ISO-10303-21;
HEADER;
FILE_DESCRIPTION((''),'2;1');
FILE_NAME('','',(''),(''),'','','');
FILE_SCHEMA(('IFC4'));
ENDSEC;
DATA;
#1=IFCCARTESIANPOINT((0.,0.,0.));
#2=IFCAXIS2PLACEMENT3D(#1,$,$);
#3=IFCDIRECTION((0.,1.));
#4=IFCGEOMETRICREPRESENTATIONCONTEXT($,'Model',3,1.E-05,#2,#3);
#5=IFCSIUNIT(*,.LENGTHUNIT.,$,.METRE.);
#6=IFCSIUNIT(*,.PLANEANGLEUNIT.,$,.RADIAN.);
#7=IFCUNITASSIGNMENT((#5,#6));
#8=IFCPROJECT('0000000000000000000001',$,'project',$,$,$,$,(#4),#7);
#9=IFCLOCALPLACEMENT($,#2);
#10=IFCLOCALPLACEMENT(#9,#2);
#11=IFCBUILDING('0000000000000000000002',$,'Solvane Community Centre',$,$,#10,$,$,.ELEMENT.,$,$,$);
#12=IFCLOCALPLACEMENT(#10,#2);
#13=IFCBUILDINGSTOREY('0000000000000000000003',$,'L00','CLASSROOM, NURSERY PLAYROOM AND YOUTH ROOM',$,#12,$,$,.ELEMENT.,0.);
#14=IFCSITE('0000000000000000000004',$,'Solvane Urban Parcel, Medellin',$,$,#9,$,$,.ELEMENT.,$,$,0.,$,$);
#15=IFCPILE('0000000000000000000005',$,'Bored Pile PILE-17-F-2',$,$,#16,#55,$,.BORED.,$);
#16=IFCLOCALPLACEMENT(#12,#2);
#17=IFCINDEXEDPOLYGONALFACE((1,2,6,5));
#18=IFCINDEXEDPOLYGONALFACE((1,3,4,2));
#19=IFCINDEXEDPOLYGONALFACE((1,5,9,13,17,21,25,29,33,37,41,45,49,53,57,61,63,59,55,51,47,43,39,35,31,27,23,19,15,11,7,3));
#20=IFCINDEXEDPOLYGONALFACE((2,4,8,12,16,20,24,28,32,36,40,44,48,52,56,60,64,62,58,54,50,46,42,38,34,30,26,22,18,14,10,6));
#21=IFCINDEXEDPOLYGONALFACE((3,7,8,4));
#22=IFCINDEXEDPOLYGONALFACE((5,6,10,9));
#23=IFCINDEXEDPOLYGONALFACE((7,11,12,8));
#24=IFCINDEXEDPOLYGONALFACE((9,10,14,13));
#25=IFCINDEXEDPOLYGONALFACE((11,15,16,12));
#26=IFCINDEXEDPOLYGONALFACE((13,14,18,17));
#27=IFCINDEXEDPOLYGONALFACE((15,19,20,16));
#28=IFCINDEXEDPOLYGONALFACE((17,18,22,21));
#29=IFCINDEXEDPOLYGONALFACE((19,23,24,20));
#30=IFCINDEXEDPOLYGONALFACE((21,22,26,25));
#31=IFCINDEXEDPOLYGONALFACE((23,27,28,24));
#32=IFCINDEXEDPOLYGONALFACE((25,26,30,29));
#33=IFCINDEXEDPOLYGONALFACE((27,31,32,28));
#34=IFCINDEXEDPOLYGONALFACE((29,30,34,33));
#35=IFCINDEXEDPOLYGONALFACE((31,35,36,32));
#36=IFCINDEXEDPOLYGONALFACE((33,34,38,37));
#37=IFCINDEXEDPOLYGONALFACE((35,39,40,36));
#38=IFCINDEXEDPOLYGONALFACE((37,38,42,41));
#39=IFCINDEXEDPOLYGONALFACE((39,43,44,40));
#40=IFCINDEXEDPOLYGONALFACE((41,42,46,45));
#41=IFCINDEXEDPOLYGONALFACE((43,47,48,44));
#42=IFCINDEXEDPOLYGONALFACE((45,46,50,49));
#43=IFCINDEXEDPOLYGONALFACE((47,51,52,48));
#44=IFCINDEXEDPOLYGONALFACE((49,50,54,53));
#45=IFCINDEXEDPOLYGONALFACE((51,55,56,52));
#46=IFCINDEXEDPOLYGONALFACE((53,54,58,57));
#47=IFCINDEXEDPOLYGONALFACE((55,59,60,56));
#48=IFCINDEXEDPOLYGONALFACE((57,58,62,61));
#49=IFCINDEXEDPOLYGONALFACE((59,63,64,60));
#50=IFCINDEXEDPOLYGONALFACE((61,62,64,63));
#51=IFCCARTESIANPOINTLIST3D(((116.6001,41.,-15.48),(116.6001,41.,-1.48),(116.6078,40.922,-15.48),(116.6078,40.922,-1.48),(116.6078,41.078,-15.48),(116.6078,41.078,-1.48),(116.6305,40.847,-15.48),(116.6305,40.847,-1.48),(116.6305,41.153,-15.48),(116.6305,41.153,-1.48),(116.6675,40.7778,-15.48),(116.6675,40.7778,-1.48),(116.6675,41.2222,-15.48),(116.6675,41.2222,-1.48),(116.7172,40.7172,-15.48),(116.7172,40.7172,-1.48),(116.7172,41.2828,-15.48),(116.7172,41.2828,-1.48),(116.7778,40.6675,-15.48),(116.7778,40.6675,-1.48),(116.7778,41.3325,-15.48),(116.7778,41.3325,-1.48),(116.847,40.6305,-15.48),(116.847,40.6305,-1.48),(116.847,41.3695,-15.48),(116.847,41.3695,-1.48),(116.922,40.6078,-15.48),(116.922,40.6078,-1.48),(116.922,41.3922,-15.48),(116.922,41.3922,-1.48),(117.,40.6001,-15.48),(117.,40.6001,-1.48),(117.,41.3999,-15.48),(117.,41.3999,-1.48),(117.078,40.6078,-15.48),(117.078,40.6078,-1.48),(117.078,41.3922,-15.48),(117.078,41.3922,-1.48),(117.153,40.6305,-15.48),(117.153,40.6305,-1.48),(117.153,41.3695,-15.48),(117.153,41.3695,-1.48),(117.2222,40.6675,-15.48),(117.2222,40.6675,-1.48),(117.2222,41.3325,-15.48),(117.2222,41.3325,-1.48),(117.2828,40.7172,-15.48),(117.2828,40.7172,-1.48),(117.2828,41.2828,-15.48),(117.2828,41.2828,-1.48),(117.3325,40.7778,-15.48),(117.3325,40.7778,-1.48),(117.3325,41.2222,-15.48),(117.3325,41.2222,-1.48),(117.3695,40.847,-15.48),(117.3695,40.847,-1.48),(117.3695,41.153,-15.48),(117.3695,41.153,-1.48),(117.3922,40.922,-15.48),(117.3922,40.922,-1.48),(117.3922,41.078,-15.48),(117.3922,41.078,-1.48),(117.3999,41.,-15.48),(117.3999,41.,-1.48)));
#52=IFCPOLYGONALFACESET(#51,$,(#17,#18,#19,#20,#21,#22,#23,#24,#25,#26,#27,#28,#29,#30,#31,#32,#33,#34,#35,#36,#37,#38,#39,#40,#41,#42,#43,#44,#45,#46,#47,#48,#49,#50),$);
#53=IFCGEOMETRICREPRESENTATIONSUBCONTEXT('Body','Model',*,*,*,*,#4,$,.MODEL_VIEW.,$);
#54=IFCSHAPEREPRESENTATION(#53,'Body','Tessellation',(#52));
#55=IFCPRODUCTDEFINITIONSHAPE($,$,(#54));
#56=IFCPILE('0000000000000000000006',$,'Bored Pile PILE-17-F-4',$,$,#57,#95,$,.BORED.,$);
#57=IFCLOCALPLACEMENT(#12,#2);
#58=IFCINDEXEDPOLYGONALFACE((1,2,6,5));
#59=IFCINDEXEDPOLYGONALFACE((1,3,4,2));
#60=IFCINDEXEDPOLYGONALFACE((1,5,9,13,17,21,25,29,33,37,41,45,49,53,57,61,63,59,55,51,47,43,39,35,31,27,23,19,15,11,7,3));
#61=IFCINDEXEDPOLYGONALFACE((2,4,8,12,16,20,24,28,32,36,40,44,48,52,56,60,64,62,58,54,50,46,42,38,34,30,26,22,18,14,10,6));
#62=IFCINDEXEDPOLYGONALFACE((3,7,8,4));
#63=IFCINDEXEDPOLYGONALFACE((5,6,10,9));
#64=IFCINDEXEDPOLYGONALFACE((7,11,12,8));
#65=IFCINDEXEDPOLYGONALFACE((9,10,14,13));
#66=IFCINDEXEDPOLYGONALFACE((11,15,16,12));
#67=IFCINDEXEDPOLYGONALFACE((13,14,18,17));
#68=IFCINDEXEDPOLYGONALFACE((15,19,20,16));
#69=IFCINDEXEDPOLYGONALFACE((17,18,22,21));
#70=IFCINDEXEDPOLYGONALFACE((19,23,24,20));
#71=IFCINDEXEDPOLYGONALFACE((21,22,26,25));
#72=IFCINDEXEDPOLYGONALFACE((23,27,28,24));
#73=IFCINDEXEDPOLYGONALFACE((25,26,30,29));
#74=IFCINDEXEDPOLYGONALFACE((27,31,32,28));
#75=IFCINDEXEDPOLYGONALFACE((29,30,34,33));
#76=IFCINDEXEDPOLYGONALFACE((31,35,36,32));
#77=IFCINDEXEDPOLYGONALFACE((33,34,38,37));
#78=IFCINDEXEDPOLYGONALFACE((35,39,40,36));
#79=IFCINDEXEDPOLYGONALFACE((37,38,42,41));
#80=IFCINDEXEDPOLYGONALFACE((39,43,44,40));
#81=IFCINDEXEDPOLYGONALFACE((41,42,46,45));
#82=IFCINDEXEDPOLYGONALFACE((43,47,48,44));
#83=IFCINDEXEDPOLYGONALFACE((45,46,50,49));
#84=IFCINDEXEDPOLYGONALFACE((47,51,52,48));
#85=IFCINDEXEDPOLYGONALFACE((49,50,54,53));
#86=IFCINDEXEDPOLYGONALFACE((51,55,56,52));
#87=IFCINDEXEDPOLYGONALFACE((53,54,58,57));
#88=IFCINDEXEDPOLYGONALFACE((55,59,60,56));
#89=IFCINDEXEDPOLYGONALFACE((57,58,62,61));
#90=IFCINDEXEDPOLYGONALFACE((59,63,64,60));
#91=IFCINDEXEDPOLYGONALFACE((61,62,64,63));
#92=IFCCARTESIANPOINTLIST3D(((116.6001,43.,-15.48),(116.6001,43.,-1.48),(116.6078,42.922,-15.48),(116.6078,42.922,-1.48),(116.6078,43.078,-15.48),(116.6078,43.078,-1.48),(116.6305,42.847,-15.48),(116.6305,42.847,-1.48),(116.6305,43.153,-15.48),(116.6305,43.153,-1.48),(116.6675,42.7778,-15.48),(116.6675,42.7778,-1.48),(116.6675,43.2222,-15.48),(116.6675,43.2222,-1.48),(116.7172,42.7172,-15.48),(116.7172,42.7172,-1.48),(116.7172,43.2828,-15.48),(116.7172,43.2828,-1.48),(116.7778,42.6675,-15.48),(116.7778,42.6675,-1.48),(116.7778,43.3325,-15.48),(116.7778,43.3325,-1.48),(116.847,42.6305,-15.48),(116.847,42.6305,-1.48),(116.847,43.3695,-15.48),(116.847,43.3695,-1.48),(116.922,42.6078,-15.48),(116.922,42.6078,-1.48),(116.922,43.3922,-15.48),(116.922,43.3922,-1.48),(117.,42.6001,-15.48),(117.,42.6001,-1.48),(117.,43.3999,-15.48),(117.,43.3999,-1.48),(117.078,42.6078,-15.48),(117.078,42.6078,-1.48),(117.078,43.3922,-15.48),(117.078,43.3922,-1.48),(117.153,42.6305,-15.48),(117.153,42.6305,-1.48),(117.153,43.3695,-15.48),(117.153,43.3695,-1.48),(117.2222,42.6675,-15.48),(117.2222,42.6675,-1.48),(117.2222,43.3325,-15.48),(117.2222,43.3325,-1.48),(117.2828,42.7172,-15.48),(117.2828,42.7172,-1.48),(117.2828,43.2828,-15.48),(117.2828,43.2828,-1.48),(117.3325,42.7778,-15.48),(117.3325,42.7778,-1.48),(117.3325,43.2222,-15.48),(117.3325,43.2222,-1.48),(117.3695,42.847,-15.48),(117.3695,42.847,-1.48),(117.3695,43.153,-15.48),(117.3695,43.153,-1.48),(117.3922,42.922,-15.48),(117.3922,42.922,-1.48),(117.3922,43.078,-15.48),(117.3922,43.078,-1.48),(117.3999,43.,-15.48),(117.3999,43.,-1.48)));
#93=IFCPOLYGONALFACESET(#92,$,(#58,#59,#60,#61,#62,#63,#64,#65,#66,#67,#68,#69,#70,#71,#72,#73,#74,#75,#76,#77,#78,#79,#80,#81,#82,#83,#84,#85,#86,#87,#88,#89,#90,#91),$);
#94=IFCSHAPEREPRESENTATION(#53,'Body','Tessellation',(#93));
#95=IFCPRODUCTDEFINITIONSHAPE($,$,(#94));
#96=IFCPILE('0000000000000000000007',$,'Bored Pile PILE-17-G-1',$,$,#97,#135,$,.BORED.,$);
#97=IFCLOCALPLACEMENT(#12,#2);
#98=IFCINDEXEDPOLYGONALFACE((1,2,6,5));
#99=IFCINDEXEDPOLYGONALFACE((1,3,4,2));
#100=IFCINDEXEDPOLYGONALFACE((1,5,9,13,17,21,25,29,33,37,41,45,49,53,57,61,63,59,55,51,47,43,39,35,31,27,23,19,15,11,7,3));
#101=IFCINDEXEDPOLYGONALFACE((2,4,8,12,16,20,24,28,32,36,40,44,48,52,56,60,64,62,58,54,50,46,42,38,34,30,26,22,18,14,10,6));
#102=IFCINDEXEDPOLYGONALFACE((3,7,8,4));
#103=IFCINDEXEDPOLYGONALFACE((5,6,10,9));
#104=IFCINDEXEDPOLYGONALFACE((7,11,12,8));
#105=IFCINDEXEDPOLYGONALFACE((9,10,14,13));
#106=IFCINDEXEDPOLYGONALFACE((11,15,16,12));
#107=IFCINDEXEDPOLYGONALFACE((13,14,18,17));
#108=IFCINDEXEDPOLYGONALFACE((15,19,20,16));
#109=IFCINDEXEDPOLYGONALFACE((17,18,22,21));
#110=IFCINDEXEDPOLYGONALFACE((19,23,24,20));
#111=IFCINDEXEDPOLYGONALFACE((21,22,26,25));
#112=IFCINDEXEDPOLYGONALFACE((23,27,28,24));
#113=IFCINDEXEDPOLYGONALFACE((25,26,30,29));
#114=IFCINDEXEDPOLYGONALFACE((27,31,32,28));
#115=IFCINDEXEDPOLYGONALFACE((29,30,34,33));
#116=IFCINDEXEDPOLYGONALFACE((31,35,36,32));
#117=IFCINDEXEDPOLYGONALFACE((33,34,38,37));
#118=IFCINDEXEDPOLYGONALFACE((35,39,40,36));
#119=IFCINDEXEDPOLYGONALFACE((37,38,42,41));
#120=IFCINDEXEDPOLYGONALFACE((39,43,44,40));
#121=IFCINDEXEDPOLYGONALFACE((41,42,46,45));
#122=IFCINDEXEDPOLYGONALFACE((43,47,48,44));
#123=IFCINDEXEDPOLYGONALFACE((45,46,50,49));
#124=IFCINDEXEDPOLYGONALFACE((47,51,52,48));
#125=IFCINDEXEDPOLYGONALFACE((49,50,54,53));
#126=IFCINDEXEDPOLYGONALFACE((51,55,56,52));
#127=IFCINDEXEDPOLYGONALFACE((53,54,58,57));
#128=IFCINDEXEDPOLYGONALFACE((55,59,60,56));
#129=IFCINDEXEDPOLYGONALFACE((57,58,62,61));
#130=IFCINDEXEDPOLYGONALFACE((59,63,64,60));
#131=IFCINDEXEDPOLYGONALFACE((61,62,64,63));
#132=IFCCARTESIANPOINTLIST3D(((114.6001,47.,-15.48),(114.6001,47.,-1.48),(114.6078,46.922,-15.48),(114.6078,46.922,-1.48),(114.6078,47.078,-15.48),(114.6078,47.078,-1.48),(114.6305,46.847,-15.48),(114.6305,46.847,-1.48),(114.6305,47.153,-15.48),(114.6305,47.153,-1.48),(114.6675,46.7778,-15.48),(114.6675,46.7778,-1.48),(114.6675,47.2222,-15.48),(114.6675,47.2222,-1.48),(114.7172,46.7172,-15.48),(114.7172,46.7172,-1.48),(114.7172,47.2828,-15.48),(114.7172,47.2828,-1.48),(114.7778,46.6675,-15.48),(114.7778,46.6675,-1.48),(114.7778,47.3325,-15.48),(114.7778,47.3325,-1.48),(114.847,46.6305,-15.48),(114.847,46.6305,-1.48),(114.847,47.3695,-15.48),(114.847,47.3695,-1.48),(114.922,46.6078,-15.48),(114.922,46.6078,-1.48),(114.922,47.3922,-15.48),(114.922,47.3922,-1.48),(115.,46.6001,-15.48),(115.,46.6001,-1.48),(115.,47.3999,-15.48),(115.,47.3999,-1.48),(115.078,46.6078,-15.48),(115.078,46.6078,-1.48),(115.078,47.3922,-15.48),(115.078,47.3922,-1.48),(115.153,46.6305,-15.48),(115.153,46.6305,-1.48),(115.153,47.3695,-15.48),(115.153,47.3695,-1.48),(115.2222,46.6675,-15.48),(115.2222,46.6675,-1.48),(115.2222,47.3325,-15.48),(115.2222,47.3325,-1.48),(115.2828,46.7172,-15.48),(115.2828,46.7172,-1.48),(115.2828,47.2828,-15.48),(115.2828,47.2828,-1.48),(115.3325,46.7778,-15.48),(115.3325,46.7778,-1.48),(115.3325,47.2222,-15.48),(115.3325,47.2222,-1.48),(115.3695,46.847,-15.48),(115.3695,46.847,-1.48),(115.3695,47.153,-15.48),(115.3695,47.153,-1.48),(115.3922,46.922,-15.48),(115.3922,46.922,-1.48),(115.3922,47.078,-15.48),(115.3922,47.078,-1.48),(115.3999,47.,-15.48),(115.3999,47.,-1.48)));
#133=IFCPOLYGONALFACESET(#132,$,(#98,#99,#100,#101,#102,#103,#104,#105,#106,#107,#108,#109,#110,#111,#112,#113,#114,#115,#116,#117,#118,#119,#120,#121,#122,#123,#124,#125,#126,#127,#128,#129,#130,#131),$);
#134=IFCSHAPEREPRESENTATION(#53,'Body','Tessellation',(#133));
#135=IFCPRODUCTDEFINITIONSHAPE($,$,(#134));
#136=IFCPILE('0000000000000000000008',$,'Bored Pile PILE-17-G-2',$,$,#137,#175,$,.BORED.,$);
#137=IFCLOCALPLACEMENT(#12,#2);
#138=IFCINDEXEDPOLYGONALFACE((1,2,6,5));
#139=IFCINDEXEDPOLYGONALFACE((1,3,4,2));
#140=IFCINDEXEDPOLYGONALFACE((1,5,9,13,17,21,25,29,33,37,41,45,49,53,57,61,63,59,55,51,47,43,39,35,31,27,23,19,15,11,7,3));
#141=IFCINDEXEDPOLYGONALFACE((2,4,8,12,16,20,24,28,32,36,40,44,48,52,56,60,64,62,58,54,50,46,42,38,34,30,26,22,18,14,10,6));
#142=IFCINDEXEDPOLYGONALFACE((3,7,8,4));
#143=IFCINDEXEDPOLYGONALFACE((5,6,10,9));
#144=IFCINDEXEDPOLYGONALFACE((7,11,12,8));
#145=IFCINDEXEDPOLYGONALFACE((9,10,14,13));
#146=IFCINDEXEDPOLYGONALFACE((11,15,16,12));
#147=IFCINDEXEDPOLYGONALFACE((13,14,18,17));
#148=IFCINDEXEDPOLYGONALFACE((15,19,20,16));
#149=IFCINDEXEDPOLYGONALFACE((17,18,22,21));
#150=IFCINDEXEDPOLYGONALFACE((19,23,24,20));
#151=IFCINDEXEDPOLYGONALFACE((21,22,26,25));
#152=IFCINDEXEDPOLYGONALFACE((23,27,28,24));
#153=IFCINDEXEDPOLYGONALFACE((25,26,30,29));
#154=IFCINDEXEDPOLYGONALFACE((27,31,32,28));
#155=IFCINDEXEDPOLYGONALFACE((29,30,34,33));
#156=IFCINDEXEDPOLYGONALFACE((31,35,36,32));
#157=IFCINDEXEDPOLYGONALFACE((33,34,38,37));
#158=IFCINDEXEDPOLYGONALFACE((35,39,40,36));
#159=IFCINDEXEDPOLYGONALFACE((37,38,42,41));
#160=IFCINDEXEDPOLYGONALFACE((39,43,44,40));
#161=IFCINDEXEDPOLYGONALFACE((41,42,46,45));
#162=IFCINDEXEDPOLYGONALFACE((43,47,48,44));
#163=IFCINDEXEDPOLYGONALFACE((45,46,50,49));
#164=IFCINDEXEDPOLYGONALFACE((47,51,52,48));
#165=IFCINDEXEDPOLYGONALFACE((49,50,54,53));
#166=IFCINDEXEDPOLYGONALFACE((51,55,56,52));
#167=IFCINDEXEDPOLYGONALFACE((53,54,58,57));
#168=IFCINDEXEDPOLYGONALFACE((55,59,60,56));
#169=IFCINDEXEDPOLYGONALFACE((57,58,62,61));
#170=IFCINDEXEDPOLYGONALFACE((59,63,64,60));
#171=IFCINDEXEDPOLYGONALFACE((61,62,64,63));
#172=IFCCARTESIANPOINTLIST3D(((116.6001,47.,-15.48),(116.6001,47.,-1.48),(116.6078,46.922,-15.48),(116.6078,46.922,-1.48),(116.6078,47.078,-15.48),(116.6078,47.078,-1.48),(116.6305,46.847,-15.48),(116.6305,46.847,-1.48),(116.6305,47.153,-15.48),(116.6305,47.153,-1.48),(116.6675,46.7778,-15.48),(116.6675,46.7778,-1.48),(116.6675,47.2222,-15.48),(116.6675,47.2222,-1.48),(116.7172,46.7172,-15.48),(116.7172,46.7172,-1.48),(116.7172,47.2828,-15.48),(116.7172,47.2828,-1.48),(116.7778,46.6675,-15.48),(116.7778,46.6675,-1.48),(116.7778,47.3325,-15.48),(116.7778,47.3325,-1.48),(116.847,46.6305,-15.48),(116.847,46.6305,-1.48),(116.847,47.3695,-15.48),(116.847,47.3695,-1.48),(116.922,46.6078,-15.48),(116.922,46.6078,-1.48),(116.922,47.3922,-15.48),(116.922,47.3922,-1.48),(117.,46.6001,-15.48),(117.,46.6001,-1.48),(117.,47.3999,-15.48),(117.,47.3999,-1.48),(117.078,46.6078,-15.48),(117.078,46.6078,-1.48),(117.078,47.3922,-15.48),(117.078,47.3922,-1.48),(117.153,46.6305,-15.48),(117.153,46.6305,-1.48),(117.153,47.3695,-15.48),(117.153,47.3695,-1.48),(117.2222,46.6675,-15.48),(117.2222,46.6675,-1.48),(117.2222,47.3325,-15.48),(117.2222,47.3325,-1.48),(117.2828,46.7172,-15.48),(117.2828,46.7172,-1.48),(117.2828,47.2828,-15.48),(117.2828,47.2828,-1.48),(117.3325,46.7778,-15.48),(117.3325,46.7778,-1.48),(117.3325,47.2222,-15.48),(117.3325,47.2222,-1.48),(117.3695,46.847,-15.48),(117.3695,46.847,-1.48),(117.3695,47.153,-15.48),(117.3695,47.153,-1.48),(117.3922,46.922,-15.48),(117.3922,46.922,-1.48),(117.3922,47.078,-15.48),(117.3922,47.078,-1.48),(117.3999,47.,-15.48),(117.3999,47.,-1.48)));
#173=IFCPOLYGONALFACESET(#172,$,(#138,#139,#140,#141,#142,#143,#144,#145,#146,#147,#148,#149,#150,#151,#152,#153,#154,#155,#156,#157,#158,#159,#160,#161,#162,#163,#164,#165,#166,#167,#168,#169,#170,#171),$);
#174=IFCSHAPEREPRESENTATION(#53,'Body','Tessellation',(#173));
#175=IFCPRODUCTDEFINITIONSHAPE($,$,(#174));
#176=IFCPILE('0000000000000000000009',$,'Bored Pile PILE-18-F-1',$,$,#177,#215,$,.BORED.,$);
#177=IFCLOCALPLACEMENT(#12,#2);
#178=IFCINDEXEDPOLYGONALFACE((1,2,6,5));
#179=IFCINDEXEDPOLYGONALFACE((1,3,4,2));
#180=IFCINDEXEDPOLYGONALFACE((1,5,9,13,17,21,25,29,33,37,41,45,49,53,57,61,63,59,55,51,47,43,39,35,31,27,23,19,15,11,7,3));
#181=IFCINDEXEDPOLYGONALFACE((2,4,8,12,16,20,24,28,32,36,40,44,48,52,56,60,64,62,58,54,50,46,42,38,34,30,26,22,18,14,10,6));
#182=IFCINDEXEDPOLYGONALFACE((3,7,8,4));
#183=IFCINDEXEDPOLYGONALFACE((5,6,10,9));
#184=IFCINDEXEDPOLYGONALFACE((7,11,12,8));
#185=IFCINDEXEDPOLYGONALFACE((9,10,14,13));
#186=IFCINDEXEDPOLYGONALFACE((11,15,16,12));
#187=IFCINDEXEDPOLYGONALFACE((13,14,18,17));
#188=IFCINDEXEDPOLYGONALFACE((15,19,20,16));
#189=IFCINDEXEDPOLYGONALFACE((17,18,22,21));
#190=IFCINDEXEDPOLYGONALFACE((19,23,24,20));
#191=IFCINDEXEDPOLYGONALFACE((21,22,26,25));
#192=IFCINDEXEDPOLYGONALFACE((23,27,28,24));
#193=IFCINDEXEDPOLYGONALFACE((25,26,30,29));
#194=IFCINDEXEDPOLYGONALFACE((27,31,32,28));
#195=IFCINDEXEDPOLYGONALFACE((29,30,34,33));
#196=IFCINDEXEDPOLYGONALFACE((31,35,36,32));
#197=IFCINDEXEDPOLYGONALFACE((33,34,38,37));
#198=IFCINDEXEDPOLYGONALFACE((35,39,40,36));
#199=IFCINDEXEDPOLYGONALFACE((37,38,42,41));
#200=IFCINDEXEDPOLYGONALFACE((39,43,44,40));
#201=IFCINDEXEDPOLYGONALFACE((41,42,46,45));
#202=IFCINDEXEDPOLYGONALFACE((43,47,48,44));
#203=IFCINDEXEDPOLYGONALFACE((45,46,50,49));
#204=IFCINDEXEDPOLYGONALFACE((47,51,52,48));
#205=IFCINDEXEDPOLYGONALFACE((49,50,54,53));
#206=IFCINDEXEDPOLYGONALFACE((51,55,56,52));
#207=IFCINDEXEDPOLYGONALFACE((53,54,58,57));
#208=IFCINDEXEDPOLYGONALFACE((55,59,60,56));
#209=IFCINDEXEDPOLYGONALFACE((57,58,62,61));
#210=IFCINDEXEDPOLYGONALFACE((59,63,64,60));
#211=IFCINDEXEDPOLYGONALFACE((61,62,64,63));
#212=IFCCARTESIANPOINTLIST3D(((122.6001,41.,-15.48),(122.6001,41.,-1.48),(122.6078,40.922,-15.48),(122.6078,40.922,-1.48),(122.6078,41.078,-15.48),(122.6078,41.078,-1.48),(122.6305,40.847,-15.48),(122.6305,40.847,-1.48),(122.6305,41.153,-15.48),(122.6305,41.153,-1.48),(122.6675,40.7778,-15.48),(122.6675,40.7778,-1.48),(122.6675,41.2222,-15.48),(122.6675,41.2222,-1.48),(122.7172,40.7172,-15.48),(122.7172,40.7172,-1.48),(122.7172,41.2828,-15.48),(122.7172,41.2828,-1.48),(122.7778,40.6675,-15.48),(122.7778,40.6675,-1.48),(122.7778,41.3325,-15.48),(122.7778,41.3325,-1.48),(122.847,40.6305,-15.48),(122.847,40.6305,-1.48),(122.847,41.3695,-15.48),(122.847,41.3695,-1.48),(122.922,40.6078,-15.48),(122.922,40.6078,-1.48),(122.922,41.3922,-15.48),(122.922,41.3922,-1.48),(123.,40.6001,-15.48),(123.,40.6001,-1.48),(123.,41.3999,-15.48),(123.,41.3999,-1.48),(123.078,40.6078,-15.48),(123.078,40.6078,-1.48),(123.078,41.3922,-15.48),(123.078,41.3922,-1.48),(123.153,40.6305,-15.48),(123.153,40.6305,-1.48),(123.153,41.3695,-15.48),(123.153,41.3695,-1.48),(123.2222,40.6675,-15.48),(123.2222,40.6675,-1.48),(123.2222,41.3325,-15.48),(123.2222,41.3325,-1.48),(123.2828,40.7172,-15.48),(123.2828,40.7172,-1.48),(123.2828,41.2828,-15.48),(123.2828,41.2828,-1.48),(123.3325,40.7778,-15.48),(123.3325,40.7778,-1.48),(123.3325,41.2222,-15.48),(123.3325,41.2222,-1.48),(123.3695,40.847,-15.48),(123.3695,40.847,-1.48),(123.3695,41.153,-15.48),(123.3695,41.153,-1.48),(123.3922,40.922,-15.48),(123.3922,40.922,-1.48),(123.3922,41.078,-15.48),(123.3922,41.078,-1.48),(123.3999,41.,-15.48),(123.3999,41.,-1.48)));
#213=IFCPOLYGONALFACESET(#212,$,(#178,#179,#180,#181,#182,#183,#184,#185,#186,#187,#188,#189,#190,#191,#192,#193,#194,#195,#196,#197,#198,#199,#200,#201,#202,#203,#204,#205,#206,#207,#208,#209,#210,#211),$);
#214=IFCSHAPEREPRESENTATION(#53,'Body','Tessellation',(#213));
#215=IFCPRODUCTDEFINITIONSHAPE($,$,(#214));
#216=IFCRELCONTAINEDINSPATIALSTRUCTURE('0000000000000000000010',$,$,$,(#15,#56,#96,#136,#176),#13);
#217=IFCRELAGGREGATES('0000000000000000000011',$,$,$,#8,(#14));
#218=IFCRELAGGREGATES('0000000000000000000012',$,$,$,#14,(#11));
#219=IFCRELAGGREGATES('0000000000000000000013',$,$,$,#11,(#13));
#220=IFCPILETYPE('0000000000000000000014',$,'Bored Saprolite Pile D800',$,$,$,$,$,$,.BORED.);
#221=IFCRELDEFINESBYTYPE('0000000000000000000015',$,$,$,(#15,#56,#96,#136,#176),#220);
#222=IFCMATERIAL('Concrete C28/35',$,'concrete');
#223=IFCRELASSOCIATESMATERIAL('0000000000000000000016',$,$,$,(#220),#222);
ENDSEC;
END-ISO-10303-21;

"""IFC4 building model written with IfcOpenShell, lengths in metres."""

from ifc_helpers import new_model, si_unit, direction, frame, origin, origin_2d, place, context, subcontext, project, spatial, circle, extrude, material, material_profile, profile_set, type_object, element, save


model = new_model("IFC4")

# Units and contexts
model_context = context("Model", 3, precision=1e-05, world=origin(), true_north=direction((0.0, 1.0)))
body_context = subcontext(model_context, "Body", "Model", "MODEL_VIEW")
ifc_project = project(units=[si_unit("LENGTHUNIT", "METRE"), si_unit("PLANEANGLEUNIT", "RADIAN")], contexts=[model_context])

# Site, building, storey
site_placement = place(None, origin())
site = spatial("IfcSite", under=ifc_project, at=site_placement, Name="Solvane Urban Parcel, Medellin", CompositionType="ELEMENT", RefElevation=0.0)
building_placement = place(site_placement, origin())
building = spatial("IfcBuilding", under=site, at=building_placement, Name="Solvane Community Centre", CompositionType="ELEMENT")
storey_placement = place(building_placement, origin())
storey = spatial("IfcBuildingStorey", under=building, at=storey_placement, Name="L00", Description="CLASSROOM, NURSERY PLAYROOM AND YOUTH ROOM", CompositionType="ELEMENT", Elevation=0.0)

# Piles
ifc_material_1 = material(Name="Concrete C28/35", Category="concrete")
ifc_material_profile_1 = material_profile(ifc_material_1, circle(Radius=0.3999, at=origin_2d()), Name="PILE D800")
ifc_profile_set_1 = profile_set([ifc_material_profile_1], Name="Concrete C28/35")
pile_type = type_object("IfcPileType", Name="Bored Saprolite Pile D800", PredefinedType="BORED", material=ifc_profile_set_1)
for number, where, z_axis, x_axis, name in (
    (1, (117.0, 41.0, -1.48), (0.0, 0.0, -1.0), (1.0, 0.0, 0.0), "Bored Pile PILE-17-F-2"),
    (2, (117.0, 43.0, -1.48), (0.0, 0.0, -1.0), (1.0, 0.0, 0.0), "Bored Pile PILE-17-F-4"),
    (3, (115.0, 47.0, -1.48), (0.0, 0.0, -1.0), (1.0, 0.0, 0.0), "Bored Pile PILE-17-G-1"),
    (4, (117.0, 47.0, -1.48), (0.0, 0.0, -1.0), (1.0, 0.0, 0.0), "Bored Pile PILE-17-G-2"),
    (5, (123.0, 41.0, -1.48), (0.0, 0.0, -1.0), (1.0, 0.0, 0.0), "Bored Pile PILE-18-F-1"),
):
    element("IfcPile", number, at=place(storey_placement, frame(where, z_axis=z_axis, x_axis=x_axis)), inside=storey, type_object=pile_type, Name=name, PredefinedType="BORED", context=body_context, shape_type="SweptSolid", body=[
        extrude(circle(Radius=0.3999, at=origin_2d()), origin(), (0.0, 0.0, 1.0), 14.0),
    ])

save(model, "model.ifc")
